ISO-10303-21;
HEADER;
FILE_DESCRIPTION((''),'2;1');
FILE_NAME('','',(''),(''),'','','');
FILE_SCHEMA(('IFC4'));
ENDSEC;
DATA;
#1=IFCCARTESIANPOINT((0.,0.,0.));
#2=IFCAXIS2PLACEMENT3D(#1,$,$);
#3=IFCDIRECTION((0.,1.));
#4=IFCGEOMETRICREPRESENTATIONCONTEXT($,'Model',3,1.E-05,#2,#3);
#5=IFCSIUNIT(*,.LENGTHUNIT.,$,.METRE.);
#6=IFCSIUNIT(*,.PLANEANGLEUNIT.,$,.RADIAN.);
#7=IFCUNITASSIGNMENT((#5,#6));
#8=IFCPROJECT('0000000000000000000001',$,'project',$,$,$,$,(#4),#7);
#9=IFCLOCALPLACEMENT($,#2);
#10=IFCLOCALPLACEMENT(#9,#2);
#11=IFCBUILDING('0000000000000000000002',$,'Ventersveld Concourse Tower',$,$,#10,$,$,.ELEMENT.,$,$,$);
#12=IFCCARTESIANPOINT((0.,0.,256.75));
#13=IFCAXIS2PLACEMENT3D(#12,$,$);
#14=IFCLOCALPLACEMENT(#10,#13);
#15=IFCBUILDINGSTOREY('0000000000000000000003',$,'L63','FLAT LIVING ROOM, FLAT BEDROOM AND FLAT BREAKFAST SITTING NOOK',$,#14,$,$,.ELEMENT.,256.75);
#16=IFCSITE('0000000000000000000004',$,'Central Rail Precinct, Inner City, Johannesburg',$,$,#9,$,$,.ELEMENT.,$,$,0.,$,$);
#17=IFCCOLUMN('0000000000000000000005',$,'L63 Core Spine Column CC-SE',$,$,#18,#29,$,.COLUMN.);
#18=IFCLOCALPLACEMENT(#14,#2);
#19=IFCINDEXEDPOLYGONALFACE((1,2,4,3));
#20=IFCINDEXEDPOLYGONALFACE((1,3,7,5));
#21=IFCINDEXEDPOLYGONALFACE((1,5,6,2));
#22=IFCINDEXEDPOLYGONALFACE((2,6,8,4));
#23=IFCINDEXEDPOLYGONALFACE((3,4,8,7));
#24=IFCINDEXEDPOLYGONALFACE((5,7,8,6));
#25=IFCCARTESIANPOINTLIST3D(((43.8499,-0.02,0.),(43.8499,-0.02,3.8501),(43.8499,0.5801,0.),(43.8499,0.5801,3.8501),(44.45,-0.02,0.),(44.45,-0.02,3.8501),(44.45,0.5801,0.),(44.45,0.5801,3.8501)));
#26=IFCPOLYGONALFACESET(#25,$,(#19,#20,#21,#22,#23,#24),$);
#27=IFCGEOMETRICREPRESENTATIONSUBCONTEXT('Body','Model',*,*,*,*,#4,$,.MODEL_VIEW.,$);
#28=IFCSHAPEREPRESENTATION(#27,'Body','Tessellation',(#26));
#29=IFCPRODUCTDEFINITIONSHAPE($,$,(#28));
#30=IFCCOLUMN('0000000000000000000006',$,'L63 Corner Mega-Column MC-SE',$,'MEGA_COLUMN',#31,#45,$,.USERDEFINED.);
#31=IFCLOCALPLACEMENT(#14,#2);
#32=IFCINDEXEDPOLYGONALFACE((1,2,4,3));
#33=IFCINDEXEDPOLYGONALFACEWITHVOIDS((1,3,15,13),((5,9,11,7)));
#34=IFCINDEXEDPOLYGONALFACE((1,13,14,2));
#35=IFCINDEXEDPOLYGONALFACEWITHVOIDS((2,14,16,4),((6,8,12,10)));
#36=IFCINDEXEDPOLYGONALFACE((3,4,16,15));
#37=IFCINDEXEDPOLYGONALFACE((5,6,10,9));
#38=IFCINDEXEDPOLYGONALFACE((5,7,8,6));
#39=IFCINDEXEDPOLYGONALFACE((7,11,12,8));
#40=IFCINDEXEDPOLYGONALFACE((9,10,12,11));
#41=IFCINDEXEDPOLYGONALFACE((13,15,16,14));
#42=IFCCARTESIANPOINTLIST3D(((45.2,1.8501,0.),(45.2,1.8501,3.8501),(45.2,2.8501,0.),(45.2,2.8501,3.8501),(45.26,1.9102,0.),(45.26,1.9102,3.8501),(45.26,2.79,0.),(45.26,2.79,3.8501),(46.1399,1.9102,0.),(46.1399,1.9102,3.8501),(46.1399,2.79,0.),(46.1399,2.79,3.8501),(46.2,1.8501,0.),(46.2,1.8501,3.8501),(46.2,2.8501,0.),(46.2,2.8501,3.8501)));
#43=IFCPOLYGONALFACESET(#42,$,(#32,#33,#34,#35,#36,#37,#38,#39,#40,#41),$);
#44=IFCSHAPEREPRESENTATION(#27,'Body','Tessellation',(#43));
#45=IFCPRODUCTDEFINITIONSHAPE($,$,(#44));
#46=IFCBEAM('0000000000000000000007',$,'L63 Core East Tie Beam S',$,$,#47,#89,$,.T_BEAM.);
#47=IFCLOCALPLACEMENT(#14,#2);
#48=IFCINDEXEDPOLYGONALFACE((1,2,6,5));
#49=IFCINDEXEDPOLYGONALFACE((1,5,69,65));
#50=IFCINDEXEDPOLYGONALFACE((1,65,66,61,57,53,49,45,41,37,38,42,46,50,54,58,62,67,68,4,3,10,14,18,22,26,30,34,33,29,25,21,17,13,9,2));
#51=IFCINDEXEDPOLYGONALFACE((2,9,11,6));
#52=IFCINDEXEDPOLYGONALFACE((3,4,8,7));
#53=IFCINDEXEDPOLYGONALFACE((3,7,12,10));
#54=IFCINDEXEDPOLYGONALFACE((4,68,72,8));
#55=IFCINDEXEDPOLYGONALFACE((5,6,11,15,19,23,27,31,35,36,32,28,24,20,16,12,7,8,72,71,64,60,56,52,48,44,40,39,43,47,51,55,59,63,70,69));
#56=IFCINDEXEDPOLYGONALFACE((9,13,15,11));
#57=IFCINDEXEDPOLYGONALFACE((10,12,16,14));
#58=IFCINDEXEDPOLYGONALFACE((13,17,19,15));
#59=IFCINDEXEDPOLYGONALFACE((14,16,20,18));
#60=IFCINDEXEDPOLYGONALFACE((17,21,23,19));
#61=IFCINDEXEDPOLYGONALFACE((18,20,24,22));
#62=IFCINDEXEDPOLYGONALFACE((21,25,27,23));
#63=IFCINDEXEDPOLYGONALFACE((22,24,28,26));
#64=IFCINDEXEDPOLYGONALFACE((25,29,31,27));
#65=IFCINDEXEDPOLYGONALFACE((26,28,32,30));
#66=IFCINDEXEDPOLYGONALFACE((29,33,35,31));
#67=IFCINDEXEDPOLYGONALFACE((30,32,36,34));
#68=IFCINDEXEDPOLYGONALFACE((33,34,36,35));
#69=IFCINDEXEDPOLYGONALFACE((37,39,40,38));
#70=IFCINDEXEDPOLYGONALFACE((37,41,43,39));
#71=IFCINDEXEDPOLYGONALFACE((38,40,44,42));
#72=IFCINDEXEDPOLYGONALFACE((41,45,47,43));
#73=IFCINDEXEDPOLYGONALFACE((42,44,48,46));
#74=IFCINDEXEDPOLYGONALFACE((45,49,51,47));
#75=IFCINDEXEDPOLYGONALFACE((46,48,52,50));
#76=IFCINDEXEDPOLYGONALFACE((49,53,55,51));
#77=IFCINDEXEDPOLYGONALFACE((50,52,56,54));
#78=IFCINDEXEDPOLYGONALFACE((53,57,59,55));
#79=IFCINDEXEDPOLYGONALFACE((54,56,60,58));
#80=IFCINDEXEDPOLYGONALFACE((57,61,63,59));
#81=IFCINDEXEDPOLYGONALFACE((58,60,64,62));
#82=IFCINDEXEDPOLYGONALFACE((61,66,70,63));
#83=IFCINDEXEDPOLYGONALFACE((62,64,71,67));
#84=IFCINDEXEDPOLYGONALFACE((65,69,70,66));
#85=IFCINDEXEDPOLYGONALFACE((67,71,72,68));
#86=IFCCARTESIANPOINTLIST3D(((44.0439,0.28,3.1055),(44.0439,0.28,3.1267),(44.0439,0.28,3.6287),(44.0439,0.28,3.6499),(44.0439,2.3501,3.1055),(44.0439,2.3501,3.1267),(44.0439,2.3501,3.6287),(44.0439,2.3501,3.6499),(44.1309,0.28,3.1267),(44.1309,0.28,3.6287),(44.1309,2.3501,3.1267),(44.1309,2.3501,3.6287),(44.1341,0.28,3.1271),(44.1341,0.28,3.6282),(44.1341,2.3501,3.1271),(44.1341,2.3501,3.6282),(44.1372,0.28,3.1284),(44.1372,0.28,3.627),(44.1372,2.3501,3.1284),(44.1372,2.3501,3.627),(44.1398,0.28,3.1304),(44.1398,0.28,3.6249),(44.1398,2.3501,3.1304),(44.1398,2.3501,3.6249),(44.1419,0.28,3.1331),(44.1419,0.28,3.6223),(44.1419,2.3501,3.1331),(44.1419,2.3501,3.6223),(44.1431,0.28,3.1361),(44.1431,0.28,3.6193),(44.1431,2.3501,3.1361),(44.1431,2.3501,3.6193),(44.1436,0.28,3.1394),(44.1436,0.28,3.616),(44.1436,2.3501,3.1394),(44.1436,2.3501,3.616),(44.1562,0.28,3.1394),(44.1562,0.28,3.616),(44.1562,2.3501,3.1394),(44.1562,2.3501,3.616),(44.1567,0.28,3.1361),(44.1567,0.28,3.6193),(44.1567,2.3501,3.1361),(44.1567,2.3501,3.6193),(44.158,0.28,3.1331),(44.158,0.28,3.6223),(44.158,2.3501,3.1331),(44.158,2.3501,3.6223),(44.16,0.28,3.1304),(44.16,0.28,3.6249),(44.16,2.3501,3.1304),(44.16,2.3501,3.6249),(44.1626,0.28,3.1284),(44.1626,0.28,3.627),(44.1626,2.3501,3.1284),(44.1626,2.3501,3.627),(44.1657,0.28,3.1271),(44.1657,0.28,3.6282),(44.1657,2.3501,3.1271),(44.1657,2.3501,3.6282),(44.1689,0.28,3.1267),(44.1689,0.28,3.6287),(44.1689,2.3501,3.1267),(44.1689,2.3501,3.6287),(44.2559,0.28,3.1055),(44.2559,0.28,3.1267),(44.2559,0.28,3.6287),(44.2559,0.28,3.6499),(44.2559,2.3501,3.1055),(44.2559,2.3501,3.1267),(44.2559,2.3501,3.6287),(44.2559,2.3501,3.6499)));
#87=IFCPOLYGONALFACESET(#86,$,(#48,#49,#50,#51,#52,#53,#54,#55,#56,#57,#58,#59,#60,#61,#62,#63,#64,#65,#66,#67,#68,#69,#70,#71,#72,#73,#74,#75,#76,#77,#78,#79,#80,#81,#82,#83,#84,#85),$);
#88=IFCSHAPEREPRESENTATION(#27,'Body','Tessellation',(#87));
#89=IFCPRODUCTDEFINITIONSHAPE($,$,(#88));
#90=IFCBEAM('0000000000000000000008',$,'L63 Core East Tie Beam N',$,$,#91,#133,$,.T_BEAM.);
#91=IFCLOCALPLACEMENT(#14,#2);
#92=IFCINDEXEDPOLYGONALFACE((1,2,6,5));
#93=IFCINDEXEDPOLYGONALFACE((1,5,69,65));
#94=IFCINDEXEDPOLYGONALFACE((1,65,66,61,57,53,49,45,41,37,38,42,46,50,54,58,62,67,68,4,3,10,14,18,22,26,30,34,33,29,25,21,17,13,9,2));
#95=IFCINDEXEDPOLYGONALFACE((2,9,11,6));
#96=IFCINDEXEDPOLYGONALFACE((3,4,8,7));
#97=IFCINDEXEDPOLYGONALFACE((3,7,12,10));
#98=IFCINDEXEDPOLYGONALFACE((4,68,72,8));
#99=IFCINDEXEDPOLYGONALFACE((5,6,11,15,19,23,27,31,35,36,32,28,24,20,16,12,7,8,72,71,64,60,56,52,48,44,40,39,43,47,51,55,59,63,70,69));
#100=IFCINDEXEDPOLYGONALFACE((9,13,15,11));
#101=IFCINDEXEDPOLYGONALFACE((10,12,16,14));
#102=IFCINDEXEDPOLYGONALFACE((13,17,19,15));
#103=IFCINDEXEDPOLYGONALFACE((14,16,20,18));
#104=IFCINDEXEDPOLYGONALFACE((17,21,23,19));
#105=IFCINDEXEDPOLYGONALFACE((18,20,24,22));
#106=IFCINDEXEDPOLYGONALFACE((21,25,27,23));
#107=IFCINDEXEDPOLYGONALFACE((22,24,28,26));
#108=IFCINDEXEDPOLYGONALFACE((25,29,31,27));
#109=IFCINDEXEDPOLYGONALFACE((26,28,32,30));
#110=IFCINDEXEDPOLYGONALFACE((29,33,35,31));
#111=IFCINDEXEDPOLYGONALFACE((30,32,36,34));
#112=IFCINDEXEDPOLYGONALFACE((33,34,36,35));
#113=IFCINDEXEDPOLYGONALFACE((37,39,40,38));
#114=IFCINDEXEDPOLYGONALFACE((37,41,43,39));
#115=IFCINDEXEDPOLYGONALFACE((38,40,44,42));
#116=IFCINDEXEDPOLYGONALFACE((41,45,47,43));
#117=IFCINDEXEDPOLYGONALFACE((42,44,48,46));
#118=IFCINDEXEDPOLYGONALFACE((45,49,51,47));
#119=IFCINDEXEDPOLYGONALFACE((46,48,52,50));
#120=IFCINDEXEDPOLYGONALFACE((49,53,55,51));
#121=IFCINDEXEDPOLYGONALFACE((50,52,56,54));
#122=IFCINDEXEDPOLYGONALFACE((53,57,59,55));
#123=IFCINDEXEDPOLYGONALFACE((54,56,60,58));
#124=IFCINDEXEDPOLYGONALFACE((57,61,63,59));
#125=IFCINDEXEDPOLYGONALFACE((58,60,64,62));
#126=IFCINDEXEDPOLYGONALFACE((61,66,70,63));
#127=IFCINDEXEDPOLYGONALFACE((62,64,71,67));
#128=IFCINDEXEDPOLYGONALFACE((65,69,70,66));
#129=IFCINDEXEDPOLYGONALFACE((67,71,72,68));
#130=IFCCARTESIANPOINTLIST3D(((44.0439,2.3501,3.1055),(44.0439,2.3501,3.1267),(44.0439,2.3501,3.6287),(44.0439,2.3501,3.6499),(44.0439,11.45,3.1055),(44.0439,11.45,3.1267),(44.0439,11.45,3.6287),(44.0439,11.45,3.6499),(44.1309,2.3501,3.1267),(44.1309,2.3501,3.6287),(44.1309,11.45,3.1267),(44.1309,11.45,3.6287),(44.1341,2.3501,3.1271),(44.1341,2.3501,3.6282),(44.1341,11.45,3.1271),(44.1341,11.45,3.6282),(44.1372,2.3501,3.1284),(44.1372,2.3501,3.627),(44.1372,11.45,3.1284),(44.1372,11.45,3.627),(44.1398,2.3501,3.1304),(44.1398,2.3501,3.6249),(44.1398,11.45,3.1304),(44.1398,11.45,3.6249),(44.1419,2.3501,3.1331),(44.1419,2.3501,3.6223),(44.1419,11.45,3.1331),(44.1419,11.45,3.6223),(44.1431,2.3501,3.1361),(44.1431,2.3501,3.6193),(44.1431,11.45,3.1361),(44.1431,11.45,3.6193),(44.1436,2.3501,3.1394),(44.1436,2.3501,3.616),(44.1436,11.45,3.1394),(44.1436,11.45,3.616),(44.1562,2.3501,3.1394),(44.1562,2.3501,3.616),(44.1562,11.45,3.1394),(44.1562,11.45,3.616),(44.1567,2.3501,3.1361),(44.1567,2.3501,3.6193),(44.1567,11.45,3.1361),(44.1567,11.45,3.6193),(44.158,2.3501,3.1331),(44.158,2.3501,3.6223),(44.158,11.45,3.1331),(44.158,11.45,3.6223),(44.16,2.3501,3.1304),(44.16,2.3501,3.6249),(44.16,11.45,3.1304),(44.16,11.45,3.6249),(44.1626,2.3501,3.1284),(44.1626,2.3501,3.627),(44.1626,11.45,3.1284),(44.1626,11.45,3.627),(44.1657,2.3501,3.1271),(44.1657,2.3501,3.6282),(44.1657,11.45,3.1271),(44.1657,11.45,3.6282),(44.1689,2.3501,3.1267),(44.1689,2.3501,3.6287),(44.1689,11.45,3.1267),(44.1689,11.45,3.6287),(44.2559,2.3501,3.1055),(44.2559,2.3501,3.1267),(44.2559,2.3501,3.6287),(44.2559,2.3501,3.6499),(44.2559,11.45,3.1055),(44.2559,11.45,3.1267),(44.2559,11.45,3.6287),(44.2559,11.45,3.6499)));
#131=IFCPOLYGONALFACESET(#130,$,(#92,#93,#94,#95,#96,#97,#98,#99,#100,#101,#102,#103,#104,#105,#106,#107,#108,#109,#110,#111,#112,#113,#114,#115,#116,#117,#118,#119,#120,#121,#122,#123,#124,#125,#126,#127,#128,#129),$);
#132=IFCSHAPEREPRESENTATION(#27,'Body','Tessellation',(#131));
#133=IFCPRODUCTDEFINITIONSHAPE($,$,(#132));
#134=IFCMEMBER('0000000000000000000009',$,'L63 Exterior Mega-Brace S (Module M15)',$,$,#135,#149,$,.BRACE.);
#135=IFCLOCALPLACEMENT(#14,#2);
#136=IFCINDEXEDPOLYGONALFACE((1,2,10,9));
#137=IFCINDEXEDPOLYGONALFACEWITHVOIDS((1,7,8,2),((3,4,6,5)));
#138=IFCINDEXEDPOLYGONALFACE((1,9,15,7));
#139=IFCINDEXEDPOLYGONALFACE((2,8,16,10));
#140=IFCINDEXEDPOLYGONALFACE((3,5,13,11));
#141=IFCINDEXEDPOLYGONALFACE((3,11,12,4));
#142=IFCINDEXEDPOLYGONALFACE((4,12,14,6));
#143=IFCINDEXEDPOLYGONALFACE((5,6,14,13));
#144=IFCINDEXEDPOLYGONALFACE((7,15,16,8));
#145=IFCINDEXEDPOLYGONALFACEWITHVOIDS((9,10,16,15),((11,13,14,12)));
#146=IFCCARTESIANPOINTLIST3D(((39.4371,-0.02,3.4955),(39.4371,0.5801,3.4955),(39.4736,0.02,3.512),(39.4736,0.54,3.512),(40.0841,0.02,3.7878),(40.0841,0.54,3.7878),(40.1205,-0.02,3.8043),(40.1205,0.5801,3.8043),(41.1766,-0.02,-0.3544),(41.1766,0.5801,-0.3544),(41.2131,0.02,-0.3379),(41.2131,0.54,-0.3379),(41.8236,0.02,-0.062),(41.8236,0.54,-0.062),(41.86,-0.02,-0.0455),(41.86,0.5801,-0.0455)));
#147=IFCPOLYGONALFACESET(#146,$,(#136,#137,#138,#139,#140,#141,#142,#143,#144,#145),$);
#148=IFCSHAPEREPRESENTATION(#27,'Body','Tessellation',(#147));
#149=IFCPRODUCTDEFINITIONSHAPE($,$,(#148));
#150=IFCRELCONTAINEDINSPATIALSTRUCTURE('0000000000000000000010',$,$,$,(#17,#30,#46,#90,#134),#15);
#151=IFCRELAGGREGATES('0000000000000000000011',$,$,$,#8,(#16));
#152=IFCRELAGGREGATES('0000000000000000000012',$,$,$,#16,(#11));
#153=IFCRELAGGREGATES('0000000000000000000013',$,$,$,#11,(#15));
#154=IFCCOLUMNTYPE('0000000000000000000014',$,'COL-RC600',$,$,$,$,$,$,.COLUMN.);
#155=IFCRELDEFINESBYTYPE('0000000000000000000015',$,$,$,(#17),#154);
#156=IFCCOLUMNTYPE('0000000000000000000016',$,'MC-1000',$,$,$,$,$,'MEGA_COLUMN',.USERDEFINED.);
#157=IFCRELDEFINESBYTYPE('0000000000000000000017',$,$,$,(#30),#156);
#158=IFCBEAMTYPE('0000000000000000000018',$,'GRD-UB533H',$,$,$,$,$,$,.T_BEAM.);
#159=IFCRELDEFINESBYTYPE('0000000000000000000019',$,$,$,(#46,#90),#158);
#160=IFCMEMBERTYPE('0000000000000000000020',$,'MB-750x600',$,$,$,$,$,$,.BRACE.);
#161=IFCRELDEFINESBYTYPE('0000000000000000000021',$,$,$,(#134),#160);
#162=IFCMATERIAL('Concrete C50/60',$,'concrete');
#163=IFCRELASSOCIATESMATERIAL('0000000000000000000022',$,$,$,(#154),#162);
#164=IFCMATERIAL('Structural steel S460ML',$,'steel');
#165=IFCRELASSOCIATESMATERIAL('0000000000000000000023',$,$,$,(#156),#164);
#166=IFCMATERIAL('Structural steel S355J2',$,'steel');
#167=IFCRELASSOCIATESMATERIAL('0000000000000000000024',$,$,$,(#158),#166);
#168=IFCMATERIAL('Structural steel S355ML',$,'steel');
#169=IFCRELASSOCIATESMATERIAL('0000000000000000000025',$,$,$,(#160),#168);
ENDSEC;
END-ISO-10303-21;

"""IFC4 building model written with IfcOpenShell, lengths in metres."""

from ifc_helpers import new_model, si_unit, direction, frame, origin, origin_2d, place, context, subcontext, project, spatial, rectangle, hollow_rectangle, i_section, extrude, material, material_profile, profile_set, type_object, element, save


model = new_model("IFC4")

# Units and contexts
model_context = context("Model", 3, precision=1e-05, world=origin(), true_north=direction((0.0, 1.0)))
body_context = subcontext(model_context, "Body", "Model", "MODEL_VIEW")
ifc_project = project(units=[si_unit("LENGTHUNIT", "METRE"), si_unit("PLANEANGLEUNIT", "RADIAN")], contexts=[model_context])

# Site, building, storey
site_placement = place(None, origin())
site = spatial("IfcSite", under=ifc_project, at=site_placement, Name="Central Rail Precinct, Inner City, Johannesburg", CompositionType="ELEMENT", RefElevation=0.0)
building_placement = place(site_placement, origin())
building = spatial("IfcBuilding", under=site, at=building_placement, Name="Ventersveld Concourse Tower", CompositionType="ELEMENT")
storey_placement = place(building_placement, frame((0.0, 0.0, 256.75)))
storey = spatial("IfcBuildingStorey", under=building, at=storey_placement, Name="L63", Description="FLAT LIVING ROOM, FLAT BEDROOM AND FLAT BREAKFAST SITTING NOOK", CompositionType="ELEMENT", Elevation=256.75)

# Columns
ifc_material_1 = material(Name="Concrete C50/60", Category="concrete")
ifc_material_profile_1 = material_profile(ifc_material_1, rectangle(XDim=0.6001, YDim=0.6001, at=origin_2d()), Name="RC 600x600")
ifc_profile_set_1 = profile_set([ifc_material_profile_1], Name="Concrete C50/60")
column_type_1 = type_object("IfcColumnType", Name="COL-RC600", PredefinedType="COLUMN", material=ifc_profile_set_1)
column_1_placement = place(storey_placement, frame((44.1499, 0.28, 0.0), z_axis=(0.0, 0.0, 1.0), x_axis=(1.0, 0.0, 0.0)))
element("IfcColumn", 1, at=column_1_placement, inside=storey, type_object=column_type_1, Name="L63 Core Spine Column CC-SE", PredefinedType="COLUMN", context=body_context, shape_type="SweptSolid", body=[
    extrude(rectangle(XDim=0.6001, YDim=0.6001, at=origin_2d()), origin(), (0.0, 0.0, 1.0), 3.8501),
])
ifc_material_2 = material(Name="Structural steel S460ML", Category="steel")
ifc_material_profile_2 = material_profile(ifc_material_2, hollow_rectangle(XDim=1.0, YDim=1.0, WallThickness=0.0601, at=origin_2d()), Name="BOX 1000x1000x60")
ifc_profile_set_2 = profile_set([ifc_material_profile_2], Name="Structural steel S460ML")
column_type_2 = type_object("IfcColumnType", Name="MC-1000", ElementType="MEGA_COLUMN", PredefinedType="USERDEFINED", material=ifc_profile_set_2)
column_2_placement = place(storey_placement, frame((45.7, 2.3501, 0.0), z_axis=(0.0, 0.0, 1.0), x_axis=(1.0, 0.0, 0.0)))
element("IfcColumn", 2, at=column_2_placement, inside=storey, type_object=column_type_2, Name="L63 Corner Mega-Column MC-SE", ObjectType="MEGA_COLUMN", PredefinedType="USERDEFINED", context=body_context, shape_type="SweptSolid", body=[
    extrude(hollow_rectangle(XDim=1.0, YDim=1.0, WallThickness=0.0601, at=origin_2d()), origin(), (0.0, 0.0, 1.0), 3.8501),
])

# Beams
ifc_material_3 = material(Name="Structural steel S355J2", Category="steel")
ifc_material_profile_3 = material_profile(ifc_material_3, i_section(OverallWidth=0.2119, OverallDepth=0.5444, WebThickness=0.0127, FlangeThickness=0.0212, FilletRadius=0.0127, at=origin_2d()), Name="UB 533x210x122")
ifc_profile_set_3 = profile_set([ifc_material_profile_3], Name="Structural steel S355J2")
beam_type_1 = type_object("IfcBeamType", Name="GRD-UB533H", PredefinedType="T_BEAM", material=ifc_profile_set_3)
beam_1_placement = place(storey_placement, frame((44.1499, 0.28, 3.3777), z_axis=(0.0, 1.0, 0.0), x_axis=(-1.0, 0.0, 0.0)))
element("IfcBeam", 3, at=beam_1_placement, inside=storey, type_object=beam_type_1, Name="L63 Core East Tie Beam S", PredefinedType="T_BEAM", context=body_context, shape_type="SweptSolid", body=[
    extrude(i_section(OverallWidth=0.2119, OverallDepth=0.5444, WebThickness=0.0127, FlangeThickness=0.0212, FilletRadius=0.0127, at=origin_2d()), origin(), (0.0, 0.0, 1.0), 2.0701),
])
beam_2_placement = place(storey_placement, frame((44.1499, 2.3501, 3.3777), z_axis=(0.0, 1.0, 0.0), x_axis=(-1.0, 0.0, 0.0)))
element("IfcBeam", 4, at=beam_2_placement, inside=storey, type_object=beam_type_1, Name="L63 Core East Tie Beam N", PredefinedType="T_BEAM", context=body_context, shape_type="SweptSolid", body=[
    extrude(i_section(OverallWidth=0.2119, OverallDepth=0.5444, WebThickness=0.0127, FlangeThickness=0.0212, FilletRadius=0.0127, at=origin_2d()), origin(), (0.0, 0.0, 1.0), 9.0999),
])

# Member
ifc_material_4 = material(Name="Structural steel S355ML", Category="steel")
ifc_material_profile_4 = material_profile(ifc_material_4, hollow_rectangle(XDim=0.6001, YDim=0.75, WallThickness=0.04, at=origin_2d()), Name="BOX 750x600x40")
ifc_profile_set_4 = profile_set([ifc_material_profile_4], Name="Structural steel S355ML")
member_type = type_object("IfcMemberType", Name="MB-750x600", PredefinedType="BRACE", material=ifc_profile_set_4)
member_placement = place(storey_placement, frame((41.5183, 0.28, -0.2), z_axis=(-0.411755, 0.0, 0.911294), x_axis=(0.0, -1.0, 0.0)))
element("IfcMember", 5, at=member_placement, inside=storey, type_object=member_type, Name="L63 Exterior Mega-Brace S (Module M15)", PredefinedType="BRACE", context=body_context, shape_type="SweptSolid", body=[
    extrude(hollow_rectangle(XDim=0.6001, YDim=0.75, WallThickness=0.04, at=origin_2d()), origin(), (0.0, 0.0, 1.0), 4.2246),
])

save(model, "model.ifc")
